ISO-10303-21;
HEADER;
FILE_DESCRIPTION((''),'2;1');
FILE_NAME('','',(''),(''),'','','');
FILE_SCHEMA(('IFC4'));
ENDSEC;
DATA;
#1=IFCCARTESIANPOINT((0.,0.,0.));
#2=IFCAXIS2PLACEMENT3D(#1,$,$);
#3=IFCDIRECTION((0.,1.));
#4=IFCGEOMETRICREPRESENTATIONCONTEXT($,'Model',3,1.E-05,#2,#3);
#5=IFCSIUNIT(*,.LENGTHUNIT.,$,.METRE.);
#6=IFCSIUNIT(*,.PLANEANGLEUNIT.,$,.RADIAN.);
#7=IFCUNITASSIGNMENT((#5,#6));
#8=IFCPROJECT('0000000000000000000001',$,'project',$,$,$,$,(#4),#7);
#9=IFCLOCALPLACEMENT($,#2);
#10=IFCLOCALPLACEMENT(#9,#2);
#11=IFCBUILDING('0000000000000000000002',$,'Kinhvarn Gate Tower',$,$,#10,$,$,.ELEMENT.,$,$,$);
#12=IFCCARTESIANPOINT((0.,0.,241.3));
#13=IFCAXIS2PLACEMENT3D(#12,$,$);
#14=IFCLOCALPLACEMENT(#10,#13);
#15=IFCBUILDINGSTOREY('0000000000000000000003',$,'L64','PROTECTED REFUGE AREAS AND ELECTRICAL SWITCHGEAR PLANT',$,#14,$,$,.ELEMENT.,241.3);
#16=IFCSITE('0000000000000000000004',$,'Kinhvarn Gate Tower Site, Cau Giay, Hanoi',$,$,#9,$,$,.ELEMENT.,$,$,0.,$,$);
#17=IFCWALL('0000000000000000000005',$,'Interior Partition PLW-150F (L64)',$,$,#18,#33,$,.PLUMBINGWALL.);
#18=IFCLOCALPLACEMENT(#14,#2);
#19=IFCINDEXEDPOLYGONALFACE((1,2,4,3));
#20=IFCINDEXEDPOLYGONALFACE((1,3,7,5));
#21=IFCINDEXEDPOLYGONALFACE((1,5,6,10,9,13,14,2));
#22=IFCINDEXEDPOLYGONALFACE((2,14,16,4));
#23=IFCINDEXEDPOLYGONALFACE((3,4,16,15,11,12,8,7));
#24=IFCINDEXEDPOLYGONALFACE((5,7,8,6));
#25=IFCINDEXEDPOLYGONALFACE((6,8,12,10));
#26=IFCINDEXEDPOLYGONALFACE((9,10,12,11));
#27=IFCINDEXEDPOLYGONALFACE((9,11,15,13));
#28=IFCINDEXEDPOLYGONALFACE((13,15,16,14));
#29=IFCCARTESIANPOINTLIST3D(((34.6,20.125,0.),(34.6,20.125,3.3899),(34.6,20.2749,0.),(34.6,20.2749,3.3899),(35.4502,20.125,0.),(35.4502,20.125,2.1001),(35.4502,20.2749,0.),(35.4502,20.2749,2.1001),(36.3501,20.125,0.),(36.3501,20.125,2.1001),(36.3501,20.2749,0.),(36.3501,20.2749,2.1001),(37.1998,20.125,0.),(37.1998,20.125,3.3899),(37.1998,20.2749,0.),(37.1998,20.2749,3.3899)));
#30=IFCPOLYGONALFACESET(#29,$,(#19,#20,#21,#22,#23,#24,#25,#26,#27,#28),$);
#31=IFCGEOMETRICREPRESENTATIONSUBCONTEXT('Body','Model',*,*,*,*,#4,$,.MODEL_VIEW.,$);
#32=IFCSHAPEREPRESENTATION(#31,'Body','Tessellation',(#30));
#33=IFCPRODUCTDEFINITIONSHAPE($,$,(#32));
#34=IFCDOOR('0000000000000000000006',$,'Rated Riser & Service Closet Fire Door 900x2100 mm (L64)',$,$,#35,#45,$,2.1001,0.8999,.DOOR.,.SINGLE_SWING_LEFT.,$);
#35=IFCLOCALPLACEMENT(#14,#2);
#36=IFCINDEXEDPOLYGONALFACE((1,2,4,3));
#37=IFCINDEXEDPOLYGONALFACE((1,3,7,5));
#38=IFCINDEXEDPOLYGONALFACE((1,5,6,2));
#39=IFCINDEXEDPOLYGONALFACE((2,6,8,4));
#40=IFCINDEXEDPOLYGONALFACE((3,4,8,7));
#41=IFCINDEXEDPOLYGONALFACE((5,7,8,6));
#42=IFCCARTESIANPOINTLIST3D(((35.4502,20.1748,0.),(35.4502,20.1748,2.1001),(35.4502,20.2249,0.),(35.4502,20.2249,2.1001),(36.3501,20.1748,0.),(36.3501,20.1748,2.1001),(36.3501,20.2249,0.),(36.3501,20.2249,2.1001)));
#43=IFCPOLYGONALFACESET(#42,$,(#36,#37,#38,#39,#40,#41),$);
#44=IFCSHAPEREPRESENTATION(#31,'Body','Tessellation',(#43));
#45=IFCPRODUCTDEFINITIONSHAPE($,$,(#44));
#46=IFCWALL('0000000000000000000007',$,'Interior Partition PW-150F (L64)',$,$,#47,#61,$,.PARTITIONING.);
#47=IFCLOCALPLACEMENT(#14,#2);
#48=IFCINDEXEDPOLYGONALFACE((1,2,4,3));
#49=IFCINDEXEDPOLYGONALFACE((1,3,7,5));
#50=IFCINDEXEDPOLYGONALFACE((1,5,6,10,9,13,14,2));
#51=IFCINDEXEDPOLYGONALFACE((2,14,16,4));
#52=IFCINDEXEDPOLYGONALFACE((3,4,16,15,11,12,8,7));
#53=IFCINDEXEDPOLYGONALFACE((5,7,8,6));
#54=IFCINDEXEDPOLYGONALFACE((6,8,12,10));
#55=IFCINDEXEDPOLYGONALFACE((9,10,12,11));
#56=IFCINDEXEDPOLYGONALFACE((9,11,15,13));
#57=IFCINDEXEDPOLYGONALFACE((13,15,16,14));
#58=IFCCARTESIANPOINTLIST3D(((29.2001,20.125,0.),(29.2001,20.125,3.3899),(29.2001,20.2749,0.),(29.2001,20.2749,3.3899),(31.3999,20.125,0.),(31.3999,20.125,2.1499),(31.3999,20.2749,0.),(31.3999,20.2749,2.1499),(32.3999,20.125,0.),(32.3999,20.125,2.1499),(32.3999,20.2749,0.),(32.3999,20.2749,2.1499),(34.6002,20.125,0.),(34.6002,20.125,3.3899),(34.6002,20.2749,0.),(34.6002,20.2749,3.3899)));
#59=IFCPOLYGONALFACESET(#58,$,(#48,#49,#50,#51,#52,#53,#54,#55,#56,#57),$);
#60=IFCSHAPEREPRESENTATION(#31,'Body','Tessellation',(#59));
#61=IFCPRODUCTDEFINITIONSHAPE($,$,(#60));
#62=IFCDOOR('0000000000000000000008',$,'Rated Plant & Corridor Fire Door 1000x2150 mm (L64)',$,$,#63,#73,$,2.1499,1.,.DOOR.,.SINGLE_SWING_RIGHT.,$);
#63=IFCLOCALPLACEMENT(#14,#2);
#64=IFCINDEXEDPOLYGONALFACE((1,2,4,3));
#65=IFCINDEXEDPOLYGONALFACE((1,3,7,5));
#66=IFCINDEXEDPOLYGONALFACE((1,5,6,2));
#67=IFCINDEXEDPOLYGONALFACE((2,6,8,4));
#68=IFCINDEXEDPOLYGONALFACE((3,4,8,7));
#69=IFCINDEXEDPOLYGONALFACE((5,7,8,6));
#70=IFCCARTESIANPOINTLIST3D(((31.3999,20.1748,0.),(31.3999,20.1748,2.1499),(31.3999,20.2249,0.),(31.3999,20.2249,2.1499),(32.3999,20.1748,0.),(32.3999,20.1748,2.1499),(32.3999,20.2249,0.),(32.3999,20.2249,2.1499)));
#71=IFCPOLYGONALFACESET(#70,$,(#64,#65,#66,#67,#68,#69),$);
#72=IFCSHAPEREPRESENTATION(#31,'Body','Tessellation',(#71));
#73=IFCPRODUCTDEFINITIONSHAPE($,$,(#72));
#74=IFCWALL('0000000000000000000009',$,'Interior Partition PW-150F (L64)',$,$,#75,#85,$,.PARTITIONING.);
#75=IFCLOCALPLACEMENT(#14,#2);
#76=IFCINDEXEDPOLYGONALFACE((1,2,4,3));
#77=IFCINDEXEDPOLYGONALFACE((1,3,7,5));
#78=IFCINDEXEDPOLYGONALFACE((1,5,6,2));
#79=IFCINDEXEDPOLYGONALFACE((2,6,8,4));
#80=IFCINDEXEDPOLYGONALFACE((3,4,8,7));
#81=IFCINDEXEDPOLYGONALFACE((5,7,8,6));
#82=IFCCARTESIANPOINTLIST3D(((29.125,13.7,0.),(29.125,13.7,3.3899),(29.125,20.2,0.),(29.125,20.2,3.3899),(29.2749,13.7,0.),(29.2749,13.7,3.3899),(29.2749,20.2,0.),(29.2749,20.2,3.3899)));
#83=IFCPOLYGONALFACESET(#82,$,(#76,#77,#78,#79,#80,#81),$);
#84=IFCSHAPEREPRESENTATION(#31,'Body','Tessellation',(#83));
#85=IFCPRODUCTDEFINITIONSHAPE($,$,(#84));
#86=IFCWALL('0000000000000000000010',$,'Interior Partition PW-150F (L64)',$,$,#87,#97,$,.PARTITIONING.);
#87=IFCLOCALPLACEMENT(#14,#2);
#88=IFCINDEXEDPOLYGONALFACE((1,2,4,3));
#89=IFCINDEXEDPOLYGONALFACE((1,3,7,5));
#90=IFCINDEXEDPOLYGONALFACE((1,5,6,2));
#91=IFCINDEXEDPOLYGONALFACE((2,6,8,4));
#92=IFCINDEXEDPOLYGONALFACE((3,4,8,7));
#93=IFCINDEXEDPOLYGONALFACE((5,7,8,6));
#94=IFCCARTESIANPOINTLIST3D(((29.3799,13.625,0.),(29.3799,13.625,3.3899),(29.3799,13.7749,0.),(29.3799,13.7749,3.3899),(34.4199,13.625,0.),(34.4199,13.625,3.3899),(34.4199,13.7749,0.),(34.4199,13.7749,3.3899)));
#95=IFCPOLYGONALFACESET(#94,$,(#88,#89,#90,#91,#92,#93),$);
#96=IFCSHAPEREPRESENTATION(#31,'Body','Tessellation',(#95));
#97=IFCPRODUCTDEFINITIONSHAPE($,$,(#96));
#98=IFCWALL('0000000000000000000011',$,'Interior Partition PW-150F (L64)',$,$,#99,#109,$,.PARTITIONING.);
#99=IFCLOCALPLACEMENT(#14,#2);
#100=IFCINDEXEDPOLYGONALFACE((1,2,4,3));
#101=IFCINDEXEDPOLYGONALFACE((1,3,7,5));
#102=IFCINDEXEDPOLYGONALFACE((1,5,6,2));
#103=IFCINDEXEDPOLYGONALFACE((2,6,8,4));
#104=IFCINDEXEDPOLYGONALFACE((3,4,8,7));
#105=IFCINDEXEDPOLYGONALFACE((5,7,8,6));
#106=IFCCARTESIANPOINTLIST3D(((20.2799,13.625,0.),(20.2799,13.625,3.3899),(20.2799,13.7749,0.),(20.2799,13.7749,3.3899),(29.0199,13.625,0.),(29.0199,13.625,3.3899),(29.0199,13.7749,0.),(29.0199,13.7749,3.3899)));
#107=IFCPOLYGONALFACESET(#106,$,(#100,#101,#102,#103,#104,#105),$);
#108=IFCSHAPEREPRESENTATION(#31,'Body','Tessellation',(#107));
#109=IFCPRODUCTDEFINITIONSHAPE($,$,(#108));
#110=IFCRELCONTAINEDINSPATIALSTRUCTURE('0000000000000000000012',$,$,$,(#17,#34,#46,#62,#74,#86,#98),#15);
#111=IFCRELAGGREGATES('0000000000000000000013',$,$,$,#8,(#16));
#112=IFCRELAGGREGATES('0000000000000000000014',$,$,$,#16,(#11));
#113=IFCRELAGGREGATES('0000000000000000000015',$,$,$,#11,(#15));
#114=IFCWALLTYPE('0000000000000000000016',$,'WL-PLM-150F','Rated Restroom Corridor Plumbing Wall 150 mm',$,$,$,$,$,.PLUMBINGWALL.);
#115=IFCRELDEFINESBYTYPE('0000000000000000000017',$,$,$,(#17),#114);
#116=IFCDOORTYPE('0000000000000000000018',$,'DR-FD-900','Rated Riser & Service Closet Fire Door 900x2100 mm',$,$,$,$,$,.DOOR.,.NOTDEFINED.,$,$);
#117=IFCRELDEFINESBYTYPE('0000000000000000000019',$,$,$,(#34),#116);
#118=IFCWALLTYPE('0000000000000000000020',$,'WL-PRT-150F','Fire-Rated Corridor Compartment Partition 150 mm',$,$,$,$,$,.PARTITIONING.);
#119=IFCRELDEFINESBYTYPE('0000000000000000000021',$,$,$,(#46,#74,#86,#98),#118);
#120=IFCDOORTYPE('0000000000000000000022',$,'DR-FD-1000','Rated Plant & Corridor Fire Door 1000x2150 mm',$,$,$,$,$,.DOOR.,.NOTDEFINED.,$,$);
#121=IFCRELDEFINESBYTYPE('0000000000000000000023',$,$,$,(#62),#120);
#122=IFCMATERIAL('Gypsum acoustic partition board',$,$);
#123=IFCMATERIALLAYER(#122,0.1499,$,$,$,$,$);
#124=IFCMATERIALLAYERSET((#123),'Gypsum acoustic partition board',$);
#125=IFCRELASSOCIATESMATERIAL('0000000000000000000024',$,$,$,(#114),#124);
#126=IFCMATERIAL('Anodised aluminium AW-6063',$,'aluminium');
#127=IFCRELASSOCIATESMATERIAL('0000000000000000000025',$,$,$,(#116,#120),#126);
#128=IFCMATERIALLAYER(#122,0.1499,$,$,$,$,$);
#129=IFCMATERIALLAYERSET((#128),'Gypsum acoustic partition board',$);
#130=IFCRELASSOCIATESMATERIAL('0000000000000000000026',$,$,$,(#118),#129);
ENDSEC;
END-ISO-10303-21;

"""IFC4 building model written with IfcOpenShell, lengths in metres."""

from ifc_helpers import new_model, si_unit, direction, frame, frame_2d, origin, place, context, subcontext, project, spatial, rectangle, extrude, material, layer, layer_set, type_object, element, fill, save


model = new_model("IFC4")

# Units and contexts
model_context = context("Model", 3, precision=1e-05, world=origin(), true_north=direction((0.0, 1.0)))
body_context = subcontext(model_context, "Body", "Model", "MODEL_VIEW")
ifc_project = project(units=[si_unit("LENGTHUNIT", "METRE"), si_unit("PLANEANGLEUNIT", "RADIAN")], contexts=[model_context])

# Site, building, storey
site_placement = place(None, origin())
site = spatial("IfcSite", under=ifc_project, at=site_placement, Name="Kinhvarn Gate Tower Site, Cau Giay, Hanoi", CompositionType="ELEMENT", RefElevation=0.0)
building_placement = place(site_placement, origin())
building = spatial("IfcBuilding", under=site, at=building_placement, Name="Kinhvarn Gate Tower", CompositionType="ELEMENT")
storey_placement = place(building_placement, frame((0.0, 0.0, 241.3)))
storey = spatial("IfcBuildingStorey", under=building, at=storey_placement, Name="L64", Description="PROTECTED REFUGE AREAS AND ELECTRICAL SWITCHGEAR PLANT", CompositionType="ELEMENT", Elevation=241.3)

# Shared definitions
ifc_material_1 = material(Name="Gypsum acoustic partition board")

# Walls, openings, doors
ifc_layer_1 = layer(ifc_material_1, 0.1499)
ifc_layer_set_1 = layer_set([ifc_layer_1], Name="Gypsum acoustic partition board")
wall_type_1 = type_object("IfcWallType", Name="WL-PLM-150F", Description="Rated Restroom Corridor Plumbing Wall 150 mm", PredefinedType="PLUMBINGWALL", material=ifc_layer_set_1)
wall_1_placement = place(storey_placement, frame((34.6001, 20.2, 0.0), z_axis=(0.0, 0.0, 1.0), x_axis=(1.0, 0.0, 0.0)))
wall_1 = element("IfcWall", 1, at=wall_1_placement, inside=storey, type_object=wall_type_1, Name="Interior Partition PLW-150F (L64)", PredefinedType="PLUMBINGWALL", context=body_context, shape_type="SweptSolid", body=[
    extrude(rectangle(XDim=2.5999, YDim=0.1499, at=frame_2d((1.2998, 0.0))), origin(), (0.0, 0.0, 1.0), 3.3899),
])
opening_1_placement = place(wall_1_placement, frame((0.8501, 0.0, 0.0)))
opening_1 = element("IfcOpeningElement", 2, at=opening_1_placement, cuts=wall_1, PredefinedType="OPENING", context=body_context, shape_type="SweptSolid", body=[
    extrude(rectangle(XDim=0.8999, YDim=2.1001, at=frame_2d((0.45, 1.05))), frame((0.0, 0.085, 0.0), z_axis=(0.0, -1.0, 0.0), x_axis=(1.0, 0.0, 0.0)), (0.0, 0.0, 1.0), 0.1699),
])
ifc_material_2 = material(Name="Anodised aluminium AW-6063", Category="aluminium")
door_type_1 = type_object("IfcDoorType", Name="DR-FD-900", Description="Rated Riser & Service Closet Fire Door 900x2100 mm", OperationType="NOTDEFINED", PredefinedType="DOOR", material=ifc_material_2)
door_1_placement = place(opening_1_placement, origin())
door_1 = element("IfcDoor", 3, at=door_1_placement, inside=storey, type_object=door_type_1, Name="Rated Riser & Service Closet Fire Door 900x2100 mm (L64)", OperationType="SINGLE_SWING_LEFT", OverallHeight=2.1001, OverallWidth=0.8999, PredefinedType="DOOR", context=body_context, shape_type="SweptSolid", body=[
    extrude(rectangle(XDim=0.8999, YDim=2.1001, at=frame_2d((0.45, 1.05))), frame((0.0, 0.0249, 0.0), z_axis=(0.0, -1.0, 0.0), x_axis=(1.0, 0.0, 0.0)), (0.0, 0.0, 1.0), 0.05),
])
fill(opening_1, door_1)
ifc_layer_2 = layer(ifc_material_1, 0.1499)
ifc_layer_set_2 = layer_set([ifc_layer_2], Name="Gypsum acoustic partition board")
wall_type_2 = type_object("IfcWallType", Name="WL-PRT-150F", Description="Fire-Rated Corridor Compartment Partition 150 mm", PredefinedType="PARTITIONING", material=ifc_layer_set_2)
wall_2_placement = place(storey_placement, frame((29.2, 20.2, 0.0), z_axis=(0.0, 0.0, 1.0), x_axis=(1.0, 0.0, 0.0)))
wall_2 = element("IfcWall", 4, at=wall_2_placement, inside=storey, type_object=wall_type_2, Name="Interior Partition PW-150F (L64)", PredefinedType="PARTITIONING", context=body_context, shape_type="SweptSolid", body=[
    extrude(rectangle(XDim=5.4001, YDim=0.1499, at=frame_2d((2.7002, 0.0))), origin(), (0.0, 0.0, 1.0), 3.3899),
])
opening_2_placement = place(wall_2_placement, frame((2.2, 0.0, 0.0)))
opening_2 = element("IfcOpeningElement", 5, at=opening_2_placement, cuts=wall_2, PredefinedType="OPENING", context=body_context, shape_type="SweptSolid", body=[
    extrude(rectangle(XDim=1.0, YDim=2.1499, at=frame_2d((0.5, 1.075))), frame((0.0, 0.085, 0.0), z_axis=(0.0, -1.0, 0.0), x_axis=(1.0, 0.0, 0.0)), (0.0, 0.0, 1.0), 0.1699),
])
door_type_2 = type_object("IfcDoorType", Name="DR-FD-1000", Description="Rated Plant & Corridor Fire Door 1000x2150 mm", OperationType="NOTDEFINED", PredefinedType="DOOR", material=ifc_material_2)
door_2_placement = place(opening_2_placement, origin())
door_2 = element("IfcDoor", 6, at=door_2_placement, inside=storey, type_object=door_type_2, Name="Rated Plant & Corridor Fire Door 1000x2150 mm (L64)", OperationType="SINGLE_SWING_RIGHT", OverallHeight=2.1499, OverallWidth=1.0, PredefinedType="DOOR", context=body_context, shape_type="SweptSolid", body=[
    extrude(rectangle(XDim=1.0, YDim=2.1499, at=frame_2d((0.5, 1.075))), frame((0.0, 0.0249, 0.0), z_axis=(0.0, -1.0, 0.0), x_axis=(1.0, 0.0, 0.0)), (0.0, 0.0, 1.0), 0.05),
])
fill(opening_2, door_2)

# Walls
wall_3_placement = place(storey_placement, frame((29.2, 13.7, 0.0), z_axis=(0.0, 0.0, 1.0), x_axis=(0.0, 1.0, 0.0)))
element("IfcWall", 7, at=wall_3_placement, inside=storey, type_object=wall_type_2, Name="Interior Partition PW-150F (L64)", PredefinedType="PARTITIONING", context=body_context, shape_type="SweptSolid", body=[
    extrude(rectangle(XDim=6.5, YDim=0.1499, at=frame_2d((3.25, 0.0))), origin(), (0.0, 0.0, 1.0), 3.3899),
])
wall_4_placement = place(storey_placement, frame((34.4199, 13.7, 0.0), z_axis=(0.0, 0.0, 1.0), x_axis=(-1.0, 0.0, 0.0)))
element("IfcWall", 8, at=wall_4_placement, inside=storey, type_object=wall_type_2, Name="Interior Partition PW-150F (L64)", PredefinedType="PARTITIONING", context=body_context, shape_type="SweptSolid", body=[
    extrude(rectangle(XDim=5.04, YDim=0.1499, at=frame_2d((2.52, 0.0))), origin(), (0.0, 0.0, 1.0), 3.3899),
])
wall_5_placement = place(storey_placement, frame((29.02, 13.7, 0.0), z_axis=(0.0, 0.0, 1.0), x_axis=(-1.0, 0.0, 0.0)))
element("IfcWall", 9, at=wall_5_placement, inside=storey, type_object=wall_type_2, Name="Interior Partition PW-150F (L64)", PredefinedType="PARTITIONING", context=body_context, shape_type="SweptSolid", body=[
    extrude(rectangle(XDim=8.74, YDim=0.1499, at=frame_2d((4.3701, 0.0))), origin(), (0.0, 0.0, 1.0), 3.3899),
])

save(model, "model.ifc")
